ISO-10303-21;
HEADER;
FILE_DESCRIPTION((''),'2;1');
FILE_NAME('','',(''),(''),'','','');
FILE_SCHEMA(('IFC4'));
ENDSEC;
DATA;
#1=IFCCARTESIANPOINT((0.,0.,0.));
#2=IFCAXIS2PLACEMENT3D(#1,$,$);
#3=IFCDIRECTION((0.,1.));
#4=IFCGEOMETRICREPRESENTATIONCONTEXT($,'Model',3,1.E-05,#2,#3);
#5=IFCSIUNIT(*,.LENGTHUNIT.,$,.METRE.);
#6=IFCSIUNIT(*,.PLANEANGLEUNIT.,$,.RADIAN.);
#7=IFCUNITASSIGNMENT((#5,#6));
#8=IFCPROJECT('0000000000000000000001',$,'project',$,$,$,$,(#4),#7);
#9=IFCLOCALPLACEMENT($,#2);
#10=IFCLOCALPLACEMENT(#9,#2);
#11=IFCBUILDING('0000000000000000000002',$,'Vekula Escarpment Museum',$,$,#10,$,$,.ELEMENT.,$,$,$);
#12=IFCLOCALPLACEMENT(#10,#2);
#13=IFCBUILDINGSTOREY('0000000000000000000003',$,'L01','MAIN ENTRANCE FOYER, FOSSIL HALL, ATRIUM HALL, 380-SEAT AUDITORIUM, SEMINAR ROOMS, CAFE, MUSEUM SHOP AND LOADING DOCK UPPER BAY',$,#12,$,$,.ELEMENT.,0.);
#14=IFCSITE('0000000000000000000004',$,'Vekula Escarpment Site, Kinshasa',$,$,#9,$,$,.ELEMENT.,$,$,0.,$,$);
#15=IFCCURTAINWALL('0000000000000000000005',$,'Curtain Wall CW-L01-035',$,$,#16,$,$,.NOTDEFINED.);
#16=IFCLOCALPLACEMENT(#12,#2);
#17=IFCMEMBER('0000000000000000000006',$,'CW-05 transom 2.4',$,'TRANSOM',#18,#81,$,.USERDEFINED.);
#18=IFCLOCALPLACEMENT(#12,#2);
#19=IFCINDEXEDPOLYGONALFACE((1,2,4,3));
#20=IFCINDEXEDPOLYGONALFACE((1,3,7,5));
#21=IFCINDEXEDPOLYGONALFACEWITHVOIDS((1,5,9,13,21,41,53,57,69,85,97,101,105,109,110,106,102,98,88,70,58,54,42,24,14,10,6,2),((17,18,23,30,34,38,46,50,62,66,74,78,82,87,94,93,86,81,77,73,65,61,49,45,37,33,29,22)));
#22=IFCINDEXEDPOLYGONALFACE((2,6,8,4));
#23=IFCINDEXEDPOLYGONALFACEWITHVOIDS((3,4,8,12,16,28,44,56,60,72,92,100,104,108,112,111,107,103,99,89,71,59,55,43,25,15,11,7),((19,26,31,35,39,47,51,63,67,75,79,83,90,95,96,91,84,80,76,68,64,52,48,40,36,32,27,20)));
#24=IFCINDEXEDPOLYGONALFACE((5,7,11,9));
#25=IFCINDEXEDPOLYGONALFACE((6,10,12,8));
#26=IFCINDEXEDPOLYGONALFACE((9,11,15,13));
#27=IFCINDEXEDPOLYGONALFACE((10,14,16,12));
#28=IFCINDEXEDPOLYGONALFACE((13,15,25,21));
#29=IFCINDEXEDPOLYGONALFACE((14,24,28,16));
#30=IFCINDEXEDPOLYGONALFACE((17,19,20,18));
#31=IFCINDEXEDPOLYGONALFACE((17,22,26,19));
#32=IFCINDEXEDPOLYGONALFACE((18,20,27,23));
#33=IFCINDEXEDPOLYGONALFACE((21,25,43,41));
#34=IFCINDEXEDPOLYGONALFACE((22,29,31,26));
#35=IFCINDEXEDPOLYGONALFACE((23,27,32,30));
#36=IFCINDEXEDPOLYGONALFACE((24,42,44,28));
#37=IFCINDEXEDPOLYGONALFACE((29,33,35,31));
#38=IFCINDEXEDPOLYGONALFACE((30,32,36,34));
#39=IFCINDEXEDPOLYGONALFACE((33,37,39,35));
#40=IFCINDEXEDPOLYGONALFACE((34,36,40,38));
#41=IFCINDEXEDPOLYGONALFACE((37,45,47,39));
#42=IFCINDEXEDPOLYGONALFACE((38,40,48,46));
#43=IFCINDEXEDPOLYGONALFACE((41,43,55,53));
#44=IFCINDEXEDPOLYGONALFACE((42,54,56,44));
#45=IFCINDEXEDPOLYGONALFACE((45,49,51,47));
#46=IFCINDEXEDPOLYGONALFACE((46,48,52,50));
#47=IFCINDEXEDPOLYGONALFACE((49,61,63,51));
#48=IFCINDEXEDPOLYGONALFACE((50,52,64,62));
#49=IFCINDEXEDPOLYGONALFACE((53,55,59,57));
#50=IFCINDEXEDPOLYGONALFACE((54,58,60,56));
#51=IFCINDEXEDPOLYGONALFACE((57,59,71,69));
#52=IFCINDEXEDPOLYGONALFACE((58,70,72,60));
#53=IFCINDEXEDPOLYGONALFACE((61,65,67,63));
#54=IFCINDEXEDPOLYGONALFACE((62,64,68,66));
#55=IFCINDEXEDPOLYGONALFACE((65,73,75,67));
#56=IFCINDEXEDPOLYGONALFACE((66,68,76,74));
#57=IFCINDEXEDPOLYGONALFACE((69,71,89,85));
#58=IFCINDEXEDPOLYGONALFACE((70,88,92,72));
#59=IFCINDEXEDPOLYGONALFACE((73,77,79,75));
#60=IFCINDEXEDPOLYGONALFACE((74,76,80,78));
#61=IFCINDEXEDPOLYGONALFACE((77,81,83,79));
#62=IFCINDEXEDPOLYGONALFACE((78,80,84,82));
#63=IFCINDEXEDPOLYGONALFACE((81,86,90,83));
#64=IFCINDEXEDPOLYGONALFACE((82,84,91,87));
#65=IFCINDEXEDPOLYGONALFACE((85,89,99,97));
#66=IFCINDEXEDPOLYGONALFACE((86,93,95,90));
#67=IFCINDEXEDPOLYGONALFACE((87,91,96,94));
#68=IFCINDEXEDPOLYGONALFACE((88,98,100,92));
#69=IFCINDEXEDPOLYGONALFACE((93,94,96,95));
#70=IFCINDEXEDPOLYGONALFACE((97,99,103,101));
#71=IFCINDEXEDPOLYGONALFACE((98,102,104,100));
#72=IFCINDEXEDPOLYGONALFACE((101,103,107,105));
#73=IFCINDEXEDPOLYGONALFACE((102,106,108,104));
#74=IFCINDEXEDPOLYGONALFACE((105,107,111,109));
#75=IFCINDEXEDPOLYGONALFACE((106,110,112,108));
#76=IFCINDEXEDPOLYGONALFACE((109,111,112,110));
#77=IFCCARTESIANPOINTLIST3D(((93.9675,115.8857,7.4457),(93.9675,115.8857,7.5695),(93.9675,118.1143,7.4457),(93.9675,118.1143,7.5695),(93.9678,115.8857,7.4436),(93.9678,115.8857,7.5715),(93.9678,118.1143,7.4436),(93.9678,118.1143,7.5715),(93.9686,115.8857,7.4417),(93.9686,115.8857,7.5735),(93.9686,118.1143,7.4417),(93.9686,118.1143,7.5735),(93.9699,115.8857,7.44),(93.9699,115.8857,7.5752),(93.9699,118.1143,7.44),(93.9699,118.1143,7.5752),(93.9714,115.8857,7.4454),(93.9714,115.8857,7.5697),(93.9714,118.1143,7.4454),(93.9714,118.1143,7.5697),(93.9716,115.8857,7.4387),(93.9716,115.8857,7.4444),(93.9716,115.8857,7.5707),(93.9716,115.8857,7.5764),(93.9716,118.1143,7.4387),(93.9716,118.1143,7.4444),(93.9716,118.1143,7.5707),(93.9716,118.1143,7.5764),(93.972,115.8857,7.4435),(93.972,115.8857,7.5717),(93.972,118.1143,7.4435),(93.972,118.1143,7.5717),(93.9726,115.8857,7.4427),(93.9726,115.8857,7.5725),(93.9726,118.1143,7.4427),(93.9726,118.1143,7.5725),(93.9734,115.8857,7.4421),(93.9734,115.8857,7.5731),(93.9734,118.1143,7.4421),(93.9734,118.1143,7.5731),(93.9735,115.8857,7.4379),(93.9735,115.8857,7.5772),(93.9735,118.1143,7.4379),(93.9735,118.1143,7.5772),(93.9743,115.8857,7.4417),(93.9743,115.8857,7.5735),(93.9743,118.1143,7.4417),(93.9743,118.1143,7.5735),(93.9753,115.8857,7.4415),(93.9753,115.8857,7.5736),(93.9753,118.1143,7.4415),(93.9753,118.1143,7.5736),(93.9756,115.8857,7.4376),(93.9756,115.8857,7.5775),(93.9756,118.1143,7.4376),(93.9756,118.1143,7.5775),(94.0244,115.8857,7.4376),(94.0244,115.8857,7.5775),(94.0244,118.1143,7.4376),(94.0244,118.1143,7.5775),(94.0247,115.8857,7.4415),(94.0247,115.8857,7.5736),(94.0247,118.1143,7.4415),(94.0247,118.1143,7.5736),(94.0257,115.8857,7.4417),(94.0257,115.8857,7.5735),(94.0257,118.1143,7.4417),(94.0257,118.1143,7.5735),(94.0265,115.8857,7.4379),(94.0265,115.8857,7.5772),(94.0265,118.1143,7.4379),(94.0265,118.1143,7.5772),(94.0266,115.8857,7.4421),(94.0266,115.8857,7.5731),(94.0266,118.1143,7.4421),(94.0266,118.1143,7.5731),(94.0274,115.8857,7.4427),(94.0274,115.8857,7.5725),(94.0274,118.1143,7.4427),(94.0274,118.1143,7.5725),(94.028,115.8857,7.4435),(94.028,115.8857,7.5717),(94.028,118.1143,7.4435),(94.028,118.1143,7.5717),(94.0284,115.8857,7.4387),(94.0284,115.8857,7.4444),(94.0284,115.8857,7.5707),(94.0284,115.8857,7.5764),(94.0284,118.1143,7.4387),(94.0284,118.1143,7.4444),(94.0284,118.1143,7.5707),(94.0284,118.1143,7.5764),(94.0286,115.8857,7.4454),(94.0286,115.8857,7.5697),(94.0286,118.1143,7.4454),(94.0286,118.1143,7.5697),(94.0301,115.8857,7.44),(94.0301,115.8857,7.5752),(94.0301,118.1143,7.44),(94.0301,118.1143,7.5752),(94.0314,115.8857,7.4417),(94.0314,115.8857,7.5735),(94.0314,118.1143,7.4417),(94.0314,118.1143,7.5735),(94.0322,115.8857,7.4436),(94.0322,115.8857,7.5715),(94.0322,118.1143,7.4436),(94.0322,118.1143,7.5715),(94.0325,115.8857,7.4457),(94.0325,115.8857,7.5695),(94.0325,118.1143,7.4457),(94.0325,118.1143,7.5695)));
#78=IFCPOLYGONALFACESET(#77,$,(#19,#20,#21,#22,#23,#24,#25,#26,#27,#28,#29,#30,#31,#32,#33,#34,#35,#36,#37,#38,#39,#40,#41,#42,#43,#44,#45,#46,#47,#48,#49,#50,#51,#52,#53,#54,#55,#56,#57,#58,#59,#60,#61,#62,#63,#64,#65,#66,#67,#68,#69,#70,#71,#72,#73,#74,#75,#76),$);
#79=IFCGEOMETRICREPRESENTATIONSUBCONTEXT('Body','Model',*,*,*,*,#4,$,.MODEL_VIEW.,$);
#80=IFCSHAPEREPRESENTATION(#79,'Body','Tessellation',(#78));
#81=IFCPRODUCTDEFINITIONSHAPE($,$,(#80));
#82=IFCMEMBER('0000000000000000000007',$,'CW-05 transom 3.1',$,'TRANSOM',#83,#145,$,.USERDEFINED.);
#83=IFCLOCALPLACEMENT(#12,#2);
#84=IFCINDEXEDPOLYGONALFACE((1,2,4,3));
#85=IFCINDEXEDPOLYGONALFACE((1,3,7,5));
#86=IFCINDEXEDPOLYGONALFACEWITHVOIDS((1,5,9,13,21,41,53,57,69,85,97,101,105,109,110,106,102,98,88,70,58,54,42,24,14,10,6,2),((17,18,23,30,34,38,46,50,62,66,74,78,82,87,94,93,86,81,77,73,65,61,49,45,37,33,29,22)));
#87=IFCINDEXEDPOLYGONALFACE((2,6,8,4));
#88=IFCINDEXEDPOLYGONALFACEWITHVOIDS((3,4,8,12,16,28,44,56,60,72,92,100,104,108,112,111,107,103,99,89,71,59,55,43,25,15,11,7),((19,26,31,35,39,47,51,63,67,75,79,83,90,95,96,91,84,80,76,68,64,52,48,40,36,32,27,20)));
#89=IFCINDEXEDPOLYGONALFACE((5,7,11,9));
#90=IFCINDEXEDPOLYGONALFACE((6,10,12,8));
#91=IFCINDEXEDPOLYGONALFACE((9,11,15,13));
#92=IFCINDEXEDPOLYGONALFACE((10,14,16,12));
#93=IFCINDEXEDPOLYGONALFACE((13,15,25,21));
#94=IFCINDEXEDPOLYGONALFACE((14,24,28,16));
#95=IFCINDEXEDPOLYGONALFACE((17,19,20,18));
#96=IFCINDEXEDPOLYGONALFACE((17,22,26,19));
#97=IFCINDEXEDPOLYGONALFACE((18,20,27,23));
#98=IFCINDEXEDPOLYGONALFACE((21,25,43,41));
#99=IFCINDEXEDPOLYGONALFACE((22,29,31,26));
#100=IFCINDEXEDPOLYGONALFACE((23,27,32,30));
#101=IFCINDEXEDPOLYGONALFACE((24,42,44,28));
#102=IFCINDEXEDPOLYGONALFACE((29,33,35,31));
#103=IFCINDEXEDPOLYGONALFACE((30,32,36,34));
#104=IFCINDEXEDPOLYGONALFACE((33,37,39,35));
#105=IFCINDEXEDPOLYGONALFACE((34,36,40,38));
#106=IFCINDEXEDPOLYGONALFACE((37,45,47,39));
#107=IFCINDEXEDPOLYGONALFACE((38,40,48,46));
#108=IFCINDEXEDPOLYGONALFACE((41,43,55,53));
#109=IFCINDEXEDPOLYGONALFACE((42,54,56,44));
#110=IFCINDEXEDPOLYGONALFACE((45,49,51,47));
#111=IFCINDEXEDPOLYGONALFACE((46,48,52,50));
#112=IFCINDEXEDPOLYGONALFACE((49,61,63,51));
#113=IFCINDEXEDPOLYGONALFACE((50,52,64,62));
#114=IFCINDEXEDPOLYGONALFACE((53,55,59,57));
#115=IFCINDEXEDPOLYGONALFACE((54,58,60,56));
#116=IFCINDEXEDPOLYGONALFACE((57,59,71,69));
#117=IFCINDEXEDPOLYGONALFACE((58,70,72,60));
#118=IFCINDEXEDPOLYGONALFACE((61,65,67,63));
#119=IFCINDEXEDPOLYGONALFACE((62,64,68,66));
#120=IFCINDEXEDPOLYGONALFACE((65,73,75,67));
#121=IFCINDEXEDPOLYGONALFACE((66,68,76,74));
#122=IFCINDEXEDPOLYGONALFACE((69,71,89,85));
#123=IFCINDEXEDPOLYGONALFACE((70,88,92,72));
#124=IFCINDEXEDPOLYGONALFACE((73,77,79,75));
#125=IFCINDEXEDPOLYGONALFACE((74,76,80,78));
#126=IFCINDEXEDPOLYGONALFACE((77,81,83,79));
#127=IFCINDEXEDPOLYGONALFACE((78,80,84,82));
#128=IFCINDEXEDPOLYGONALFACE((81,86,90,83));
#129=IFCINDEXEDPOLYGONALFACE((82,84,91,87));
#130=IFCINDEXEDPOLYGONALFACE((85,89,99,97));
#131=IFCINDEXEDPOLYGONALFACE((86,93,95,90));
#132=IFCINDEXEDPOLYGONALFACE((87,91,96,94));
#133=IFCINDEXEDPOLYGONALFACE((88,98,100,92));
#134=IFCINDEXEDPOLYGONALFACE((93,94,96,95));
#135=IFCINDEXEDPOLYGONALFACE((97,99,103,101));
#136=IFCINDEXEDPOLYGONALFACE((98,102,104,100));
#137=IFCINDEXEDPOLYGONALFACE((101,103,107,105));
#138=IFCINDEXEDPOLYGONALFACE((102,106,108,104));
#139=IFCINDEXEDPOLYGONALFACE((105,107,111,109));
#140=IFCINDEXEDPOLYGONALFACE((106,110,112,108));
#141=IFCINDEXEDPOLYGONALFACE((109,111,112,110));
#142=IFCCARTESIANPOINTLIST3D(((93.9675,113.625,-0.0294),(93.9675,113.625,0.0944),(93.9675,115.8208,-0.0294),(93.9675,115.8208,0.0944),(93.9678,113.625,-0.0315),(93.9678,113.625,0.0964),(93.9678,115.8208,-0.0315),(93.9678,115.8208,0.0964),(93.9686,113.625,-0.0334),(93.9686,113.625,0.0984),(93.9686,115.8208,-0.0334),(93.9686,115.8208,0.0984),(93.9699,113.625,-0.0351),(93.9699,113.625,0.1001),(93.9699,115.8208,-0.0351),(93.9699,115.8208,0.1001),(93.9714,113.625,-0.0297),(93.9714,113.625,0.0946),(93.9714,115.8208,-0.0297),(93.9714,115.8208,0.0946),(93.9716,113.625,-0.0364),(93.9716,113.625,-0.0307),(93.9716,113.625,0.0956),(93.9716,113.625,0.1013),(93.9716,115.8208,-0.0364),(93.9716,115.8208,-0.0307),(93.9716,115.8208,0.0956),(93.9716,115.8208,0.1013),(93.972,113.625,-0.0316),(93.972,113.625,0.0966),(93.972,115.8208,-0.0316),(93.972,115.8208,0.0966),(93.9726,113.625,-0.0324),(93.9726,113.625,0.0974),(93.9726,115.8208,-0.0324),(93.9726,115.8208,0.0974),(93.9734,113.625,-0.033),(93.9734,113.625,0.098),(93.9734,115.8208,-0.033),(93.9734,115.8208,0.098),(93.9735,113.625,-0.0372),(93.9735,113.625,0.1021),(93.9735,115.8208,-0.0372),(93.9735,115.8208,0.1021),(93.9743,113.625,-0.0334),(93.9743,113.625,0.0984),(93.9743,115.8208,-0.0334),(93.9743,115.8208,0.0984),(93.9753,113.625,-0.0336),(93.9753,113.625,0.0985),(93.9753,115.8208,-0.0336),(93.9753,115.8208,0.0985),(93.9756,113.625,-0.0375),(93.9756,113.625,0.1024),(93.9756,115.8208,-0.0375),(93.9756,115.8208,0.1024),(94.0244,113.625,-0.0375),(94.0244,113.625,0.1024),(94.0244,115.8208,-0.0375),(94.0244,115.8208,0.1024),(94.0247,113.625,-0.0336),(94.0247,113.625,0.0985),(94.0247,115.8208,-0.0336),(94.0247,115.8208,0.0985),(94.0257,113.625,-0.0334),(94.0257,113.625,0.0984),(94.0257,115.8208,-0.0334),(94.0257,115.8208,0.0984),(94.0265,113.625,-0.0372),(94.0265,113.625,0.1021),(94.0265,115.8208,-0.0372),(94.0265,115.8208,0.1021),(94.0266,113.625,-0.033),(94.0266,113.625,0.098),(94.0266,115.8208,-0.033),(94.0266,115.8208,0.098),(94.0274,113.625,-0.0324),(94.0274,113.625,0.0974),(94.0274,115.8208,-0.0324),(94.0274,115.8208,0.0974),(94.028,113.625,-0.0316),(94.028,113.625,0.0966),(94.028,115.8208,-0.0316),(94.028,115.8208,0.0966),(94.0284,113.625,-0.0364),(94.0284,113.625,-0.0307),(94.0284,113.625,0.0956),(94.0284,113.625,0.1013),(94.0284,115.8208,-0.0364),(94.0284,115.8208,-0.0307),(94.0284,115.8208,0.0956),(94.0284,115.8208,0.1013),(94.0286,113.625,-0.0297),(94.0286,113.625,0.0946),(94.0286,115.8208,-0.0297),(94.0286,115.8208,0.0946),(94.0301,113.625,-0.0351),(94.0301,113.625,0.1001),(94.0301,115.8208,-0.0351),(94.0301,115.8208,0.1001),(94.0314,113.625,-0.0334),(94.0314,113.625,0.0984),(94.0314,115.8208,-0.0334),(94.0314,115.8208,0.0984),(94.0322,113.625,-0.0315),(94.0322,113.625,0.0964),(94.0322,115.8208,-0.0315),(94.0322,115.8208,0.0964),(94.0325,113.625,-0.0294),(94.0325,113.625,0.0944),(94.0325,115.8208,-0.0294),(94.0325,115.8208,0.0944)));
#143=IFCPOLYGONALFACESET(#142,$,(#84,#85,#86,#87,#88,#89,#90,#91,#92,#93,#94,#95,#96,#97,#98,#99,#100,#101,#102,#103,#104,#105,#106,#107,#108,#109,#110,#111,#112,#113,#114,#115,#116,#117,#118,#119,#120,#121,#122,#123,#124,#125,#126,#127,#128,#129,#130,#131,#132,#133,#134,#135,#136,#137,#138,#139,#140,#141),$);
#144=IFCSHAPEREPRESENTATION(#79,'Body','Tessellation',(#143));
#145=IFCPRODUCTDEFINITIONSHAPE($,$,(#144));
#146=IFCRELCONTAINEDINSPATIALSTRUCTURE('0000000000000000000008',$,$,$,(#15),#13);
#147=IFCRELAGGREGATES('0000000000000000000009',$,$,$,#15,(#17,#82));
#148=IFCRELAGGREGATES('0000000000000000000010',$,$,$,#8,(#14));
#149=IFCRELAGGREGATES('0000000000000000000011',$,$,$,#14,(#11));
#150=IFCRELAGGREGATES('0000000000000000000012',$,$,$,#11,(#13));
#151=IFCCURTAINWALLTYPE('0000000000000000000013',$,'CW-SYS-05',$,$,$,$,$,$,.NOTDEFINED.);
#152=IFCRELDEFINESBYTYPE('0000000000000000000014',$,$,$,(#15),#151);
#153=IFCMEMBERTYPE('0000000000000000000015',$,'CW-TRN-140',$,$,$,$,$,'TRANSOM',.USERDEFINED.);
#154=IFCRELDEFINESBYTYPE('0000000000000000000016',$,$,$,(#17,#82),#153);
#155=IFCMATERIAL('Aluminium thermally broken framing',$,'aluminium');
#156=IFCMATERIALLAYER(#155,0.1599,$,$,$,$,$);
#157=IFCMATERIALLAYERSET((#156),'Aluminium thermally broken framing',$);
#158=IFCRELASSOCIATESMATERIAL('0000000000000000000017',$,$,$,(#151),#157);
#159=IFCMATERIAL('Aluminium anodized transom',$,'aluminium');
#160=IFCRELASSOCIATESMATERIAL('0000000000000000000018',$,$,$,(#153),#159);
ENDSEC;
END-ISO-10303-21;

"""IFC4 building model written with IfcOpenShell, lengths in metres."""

from ifc_helpers import new_model, si_unit, direction, frame, origin, origin_2d, place, context, subcontext, project, spatial, hollow_rectangle, extrude, material, layer, layer_set, material_profile, profile_set, type_object, element, aggregate, save


model = new_model("IFC4")

# Units and contexts
model_context = context("Model", 3, precision=1e-05, world=origin(), true_north=direction((0.0, 1.0)))
body_context = subcontext(model_context, "Body", "Model", "MODEL_VIEW")
ifc_project = project(units=[si_unit("LENGTHUNIT", "METRE"), si_unit("PLANEANGLEUNIT", "RADIAN")], contexts=[model_context])

# Site, building, storey
site_placement = place(None, origin())
site = spatial("IfcSite", under=ifc_project, at=site_placement, Name="Vekula Escarpment Site, Kinshasa", CompositionType="ELEMENT", RefElevation=0.0)
building_placement = place(site_placement, origin())
building = spatial("IfcBuilding", under=site, at=building_placement, Name="Vekula Escarpment Museum", CompositionType="ELEMENT")
storey_placement = place(building_placement, origin())
storey = spatial("IfcBuildingStorey", under=building, at=storey_placement, Name="L01", Description="MAIN ENTRANCE FOYER, FOSSIL HALL, ATRIUM HALL, 380-SEAT AUDITORIUM, SEMINAR ROOMS, CAFE, MUSEUM SHOP AND LOADING DOCK UPPER BAY", CompositionType="ELEMENT", Elevation=0.0)

# Curtain wall
ifc_material_1 = material(Name="Aluminium thermally broken framing", Category="aluminium")
ifc_layer_1 = layer(ifc_material_1, 0.1599)
ifc_layer_set_1 = layer_set([ifc_layer_1], Name="Aluminium thermally broken framing")
curtain_wall_type_1 = type_object("IfcCurtainWallType", Name="CW-SYS-05", PredefinedType="NOTDEFINED", material=ifc_layer_set_1)
curtain_wall_1_placement = place(storey_placement, origin())
curtain_wall_1 = element("IfcCurtainWall", 1, at=curtain_wall_1_placement, inside=storey, type_object=curtain_wall_type_1, Name="Curtain Wall CW-L01-035", PredefinedType="NOTDEFINED")

# Members
ifc_material_2 = material(Name="Aluminium anodized transom", Category="aluminium")
ifc_material_profile_1 = material_profile(ifc_material_2, hollow_rectangle(XDim=0.0649, YDim=0.1399, WallThickness=0.0039, InnerFilletRadius=0.0039, OuterFilletRadius=0.0081, at=origin_2d()), Name="ALU 140x65x4")
ifc_profile_set_1 = profile_set([ifc_material_profile_1], Name="Aluminium anodized transom")
member_type_1 = type_object("IfcMemberType", Name="CW-TRN-140", ElementType="TRANSOM", PredefinedType="USERDEFINED", material=ifc_profile_set_1)
member_1_placement = place(storey_placement, frame((94.0, 118.1143, 7.5076), z_axis=(0.0, -1.0, 0.0), x_axis=(1.0, 0.0, 0.0)))
member_1 = element("IfcMember", 2, at=member_1_placement, type_object=member_type_1, Name="CW-05 transom 2.4", ObjectType="TRANSOM", PredefinedType="USERDEFINED", context=body_context, shape_type="SweptSolid", body=[
    extrude(hollow_rectangle(XDim=0.0649, YDim=0.1399, WallThickness=0.0039, InnerFilletRadius=0.0039, OuterFilletRadius=0.0081, at=origin_2d()), origin(), (0.0, 0.0, 1.0), 2.2285),
])
member_2_placement = place(storey_placement, frame((94.0, 115.8208, 0.0325), z_axis=(0.0, -1.0, 0.0), x_axis=(1.0, 0.0, 0.0)))
member_2 = element("IfcMember", 3, at=member_2_placement, type_object=member_type_1, Name="CW-05 transom 3.1", ObjectType="TRANSOM", PredefinedType="USERDEFINED", context=body_context, shape_type="SweptSolid", body=[
    extrude(hollow_rectangle(XDim=0.0649, YDim=0.1399, WallThickness=0.0039, InnerFilletRadius=0.0039, OuterFilletRadius=0.0081, at=origin_2d()), origin(), (0.0, 0.0, 1.0), 2.1958),
])

aggregate(curtain_wall_1, [member_1, member_2])

save(model, "model.ifc")
